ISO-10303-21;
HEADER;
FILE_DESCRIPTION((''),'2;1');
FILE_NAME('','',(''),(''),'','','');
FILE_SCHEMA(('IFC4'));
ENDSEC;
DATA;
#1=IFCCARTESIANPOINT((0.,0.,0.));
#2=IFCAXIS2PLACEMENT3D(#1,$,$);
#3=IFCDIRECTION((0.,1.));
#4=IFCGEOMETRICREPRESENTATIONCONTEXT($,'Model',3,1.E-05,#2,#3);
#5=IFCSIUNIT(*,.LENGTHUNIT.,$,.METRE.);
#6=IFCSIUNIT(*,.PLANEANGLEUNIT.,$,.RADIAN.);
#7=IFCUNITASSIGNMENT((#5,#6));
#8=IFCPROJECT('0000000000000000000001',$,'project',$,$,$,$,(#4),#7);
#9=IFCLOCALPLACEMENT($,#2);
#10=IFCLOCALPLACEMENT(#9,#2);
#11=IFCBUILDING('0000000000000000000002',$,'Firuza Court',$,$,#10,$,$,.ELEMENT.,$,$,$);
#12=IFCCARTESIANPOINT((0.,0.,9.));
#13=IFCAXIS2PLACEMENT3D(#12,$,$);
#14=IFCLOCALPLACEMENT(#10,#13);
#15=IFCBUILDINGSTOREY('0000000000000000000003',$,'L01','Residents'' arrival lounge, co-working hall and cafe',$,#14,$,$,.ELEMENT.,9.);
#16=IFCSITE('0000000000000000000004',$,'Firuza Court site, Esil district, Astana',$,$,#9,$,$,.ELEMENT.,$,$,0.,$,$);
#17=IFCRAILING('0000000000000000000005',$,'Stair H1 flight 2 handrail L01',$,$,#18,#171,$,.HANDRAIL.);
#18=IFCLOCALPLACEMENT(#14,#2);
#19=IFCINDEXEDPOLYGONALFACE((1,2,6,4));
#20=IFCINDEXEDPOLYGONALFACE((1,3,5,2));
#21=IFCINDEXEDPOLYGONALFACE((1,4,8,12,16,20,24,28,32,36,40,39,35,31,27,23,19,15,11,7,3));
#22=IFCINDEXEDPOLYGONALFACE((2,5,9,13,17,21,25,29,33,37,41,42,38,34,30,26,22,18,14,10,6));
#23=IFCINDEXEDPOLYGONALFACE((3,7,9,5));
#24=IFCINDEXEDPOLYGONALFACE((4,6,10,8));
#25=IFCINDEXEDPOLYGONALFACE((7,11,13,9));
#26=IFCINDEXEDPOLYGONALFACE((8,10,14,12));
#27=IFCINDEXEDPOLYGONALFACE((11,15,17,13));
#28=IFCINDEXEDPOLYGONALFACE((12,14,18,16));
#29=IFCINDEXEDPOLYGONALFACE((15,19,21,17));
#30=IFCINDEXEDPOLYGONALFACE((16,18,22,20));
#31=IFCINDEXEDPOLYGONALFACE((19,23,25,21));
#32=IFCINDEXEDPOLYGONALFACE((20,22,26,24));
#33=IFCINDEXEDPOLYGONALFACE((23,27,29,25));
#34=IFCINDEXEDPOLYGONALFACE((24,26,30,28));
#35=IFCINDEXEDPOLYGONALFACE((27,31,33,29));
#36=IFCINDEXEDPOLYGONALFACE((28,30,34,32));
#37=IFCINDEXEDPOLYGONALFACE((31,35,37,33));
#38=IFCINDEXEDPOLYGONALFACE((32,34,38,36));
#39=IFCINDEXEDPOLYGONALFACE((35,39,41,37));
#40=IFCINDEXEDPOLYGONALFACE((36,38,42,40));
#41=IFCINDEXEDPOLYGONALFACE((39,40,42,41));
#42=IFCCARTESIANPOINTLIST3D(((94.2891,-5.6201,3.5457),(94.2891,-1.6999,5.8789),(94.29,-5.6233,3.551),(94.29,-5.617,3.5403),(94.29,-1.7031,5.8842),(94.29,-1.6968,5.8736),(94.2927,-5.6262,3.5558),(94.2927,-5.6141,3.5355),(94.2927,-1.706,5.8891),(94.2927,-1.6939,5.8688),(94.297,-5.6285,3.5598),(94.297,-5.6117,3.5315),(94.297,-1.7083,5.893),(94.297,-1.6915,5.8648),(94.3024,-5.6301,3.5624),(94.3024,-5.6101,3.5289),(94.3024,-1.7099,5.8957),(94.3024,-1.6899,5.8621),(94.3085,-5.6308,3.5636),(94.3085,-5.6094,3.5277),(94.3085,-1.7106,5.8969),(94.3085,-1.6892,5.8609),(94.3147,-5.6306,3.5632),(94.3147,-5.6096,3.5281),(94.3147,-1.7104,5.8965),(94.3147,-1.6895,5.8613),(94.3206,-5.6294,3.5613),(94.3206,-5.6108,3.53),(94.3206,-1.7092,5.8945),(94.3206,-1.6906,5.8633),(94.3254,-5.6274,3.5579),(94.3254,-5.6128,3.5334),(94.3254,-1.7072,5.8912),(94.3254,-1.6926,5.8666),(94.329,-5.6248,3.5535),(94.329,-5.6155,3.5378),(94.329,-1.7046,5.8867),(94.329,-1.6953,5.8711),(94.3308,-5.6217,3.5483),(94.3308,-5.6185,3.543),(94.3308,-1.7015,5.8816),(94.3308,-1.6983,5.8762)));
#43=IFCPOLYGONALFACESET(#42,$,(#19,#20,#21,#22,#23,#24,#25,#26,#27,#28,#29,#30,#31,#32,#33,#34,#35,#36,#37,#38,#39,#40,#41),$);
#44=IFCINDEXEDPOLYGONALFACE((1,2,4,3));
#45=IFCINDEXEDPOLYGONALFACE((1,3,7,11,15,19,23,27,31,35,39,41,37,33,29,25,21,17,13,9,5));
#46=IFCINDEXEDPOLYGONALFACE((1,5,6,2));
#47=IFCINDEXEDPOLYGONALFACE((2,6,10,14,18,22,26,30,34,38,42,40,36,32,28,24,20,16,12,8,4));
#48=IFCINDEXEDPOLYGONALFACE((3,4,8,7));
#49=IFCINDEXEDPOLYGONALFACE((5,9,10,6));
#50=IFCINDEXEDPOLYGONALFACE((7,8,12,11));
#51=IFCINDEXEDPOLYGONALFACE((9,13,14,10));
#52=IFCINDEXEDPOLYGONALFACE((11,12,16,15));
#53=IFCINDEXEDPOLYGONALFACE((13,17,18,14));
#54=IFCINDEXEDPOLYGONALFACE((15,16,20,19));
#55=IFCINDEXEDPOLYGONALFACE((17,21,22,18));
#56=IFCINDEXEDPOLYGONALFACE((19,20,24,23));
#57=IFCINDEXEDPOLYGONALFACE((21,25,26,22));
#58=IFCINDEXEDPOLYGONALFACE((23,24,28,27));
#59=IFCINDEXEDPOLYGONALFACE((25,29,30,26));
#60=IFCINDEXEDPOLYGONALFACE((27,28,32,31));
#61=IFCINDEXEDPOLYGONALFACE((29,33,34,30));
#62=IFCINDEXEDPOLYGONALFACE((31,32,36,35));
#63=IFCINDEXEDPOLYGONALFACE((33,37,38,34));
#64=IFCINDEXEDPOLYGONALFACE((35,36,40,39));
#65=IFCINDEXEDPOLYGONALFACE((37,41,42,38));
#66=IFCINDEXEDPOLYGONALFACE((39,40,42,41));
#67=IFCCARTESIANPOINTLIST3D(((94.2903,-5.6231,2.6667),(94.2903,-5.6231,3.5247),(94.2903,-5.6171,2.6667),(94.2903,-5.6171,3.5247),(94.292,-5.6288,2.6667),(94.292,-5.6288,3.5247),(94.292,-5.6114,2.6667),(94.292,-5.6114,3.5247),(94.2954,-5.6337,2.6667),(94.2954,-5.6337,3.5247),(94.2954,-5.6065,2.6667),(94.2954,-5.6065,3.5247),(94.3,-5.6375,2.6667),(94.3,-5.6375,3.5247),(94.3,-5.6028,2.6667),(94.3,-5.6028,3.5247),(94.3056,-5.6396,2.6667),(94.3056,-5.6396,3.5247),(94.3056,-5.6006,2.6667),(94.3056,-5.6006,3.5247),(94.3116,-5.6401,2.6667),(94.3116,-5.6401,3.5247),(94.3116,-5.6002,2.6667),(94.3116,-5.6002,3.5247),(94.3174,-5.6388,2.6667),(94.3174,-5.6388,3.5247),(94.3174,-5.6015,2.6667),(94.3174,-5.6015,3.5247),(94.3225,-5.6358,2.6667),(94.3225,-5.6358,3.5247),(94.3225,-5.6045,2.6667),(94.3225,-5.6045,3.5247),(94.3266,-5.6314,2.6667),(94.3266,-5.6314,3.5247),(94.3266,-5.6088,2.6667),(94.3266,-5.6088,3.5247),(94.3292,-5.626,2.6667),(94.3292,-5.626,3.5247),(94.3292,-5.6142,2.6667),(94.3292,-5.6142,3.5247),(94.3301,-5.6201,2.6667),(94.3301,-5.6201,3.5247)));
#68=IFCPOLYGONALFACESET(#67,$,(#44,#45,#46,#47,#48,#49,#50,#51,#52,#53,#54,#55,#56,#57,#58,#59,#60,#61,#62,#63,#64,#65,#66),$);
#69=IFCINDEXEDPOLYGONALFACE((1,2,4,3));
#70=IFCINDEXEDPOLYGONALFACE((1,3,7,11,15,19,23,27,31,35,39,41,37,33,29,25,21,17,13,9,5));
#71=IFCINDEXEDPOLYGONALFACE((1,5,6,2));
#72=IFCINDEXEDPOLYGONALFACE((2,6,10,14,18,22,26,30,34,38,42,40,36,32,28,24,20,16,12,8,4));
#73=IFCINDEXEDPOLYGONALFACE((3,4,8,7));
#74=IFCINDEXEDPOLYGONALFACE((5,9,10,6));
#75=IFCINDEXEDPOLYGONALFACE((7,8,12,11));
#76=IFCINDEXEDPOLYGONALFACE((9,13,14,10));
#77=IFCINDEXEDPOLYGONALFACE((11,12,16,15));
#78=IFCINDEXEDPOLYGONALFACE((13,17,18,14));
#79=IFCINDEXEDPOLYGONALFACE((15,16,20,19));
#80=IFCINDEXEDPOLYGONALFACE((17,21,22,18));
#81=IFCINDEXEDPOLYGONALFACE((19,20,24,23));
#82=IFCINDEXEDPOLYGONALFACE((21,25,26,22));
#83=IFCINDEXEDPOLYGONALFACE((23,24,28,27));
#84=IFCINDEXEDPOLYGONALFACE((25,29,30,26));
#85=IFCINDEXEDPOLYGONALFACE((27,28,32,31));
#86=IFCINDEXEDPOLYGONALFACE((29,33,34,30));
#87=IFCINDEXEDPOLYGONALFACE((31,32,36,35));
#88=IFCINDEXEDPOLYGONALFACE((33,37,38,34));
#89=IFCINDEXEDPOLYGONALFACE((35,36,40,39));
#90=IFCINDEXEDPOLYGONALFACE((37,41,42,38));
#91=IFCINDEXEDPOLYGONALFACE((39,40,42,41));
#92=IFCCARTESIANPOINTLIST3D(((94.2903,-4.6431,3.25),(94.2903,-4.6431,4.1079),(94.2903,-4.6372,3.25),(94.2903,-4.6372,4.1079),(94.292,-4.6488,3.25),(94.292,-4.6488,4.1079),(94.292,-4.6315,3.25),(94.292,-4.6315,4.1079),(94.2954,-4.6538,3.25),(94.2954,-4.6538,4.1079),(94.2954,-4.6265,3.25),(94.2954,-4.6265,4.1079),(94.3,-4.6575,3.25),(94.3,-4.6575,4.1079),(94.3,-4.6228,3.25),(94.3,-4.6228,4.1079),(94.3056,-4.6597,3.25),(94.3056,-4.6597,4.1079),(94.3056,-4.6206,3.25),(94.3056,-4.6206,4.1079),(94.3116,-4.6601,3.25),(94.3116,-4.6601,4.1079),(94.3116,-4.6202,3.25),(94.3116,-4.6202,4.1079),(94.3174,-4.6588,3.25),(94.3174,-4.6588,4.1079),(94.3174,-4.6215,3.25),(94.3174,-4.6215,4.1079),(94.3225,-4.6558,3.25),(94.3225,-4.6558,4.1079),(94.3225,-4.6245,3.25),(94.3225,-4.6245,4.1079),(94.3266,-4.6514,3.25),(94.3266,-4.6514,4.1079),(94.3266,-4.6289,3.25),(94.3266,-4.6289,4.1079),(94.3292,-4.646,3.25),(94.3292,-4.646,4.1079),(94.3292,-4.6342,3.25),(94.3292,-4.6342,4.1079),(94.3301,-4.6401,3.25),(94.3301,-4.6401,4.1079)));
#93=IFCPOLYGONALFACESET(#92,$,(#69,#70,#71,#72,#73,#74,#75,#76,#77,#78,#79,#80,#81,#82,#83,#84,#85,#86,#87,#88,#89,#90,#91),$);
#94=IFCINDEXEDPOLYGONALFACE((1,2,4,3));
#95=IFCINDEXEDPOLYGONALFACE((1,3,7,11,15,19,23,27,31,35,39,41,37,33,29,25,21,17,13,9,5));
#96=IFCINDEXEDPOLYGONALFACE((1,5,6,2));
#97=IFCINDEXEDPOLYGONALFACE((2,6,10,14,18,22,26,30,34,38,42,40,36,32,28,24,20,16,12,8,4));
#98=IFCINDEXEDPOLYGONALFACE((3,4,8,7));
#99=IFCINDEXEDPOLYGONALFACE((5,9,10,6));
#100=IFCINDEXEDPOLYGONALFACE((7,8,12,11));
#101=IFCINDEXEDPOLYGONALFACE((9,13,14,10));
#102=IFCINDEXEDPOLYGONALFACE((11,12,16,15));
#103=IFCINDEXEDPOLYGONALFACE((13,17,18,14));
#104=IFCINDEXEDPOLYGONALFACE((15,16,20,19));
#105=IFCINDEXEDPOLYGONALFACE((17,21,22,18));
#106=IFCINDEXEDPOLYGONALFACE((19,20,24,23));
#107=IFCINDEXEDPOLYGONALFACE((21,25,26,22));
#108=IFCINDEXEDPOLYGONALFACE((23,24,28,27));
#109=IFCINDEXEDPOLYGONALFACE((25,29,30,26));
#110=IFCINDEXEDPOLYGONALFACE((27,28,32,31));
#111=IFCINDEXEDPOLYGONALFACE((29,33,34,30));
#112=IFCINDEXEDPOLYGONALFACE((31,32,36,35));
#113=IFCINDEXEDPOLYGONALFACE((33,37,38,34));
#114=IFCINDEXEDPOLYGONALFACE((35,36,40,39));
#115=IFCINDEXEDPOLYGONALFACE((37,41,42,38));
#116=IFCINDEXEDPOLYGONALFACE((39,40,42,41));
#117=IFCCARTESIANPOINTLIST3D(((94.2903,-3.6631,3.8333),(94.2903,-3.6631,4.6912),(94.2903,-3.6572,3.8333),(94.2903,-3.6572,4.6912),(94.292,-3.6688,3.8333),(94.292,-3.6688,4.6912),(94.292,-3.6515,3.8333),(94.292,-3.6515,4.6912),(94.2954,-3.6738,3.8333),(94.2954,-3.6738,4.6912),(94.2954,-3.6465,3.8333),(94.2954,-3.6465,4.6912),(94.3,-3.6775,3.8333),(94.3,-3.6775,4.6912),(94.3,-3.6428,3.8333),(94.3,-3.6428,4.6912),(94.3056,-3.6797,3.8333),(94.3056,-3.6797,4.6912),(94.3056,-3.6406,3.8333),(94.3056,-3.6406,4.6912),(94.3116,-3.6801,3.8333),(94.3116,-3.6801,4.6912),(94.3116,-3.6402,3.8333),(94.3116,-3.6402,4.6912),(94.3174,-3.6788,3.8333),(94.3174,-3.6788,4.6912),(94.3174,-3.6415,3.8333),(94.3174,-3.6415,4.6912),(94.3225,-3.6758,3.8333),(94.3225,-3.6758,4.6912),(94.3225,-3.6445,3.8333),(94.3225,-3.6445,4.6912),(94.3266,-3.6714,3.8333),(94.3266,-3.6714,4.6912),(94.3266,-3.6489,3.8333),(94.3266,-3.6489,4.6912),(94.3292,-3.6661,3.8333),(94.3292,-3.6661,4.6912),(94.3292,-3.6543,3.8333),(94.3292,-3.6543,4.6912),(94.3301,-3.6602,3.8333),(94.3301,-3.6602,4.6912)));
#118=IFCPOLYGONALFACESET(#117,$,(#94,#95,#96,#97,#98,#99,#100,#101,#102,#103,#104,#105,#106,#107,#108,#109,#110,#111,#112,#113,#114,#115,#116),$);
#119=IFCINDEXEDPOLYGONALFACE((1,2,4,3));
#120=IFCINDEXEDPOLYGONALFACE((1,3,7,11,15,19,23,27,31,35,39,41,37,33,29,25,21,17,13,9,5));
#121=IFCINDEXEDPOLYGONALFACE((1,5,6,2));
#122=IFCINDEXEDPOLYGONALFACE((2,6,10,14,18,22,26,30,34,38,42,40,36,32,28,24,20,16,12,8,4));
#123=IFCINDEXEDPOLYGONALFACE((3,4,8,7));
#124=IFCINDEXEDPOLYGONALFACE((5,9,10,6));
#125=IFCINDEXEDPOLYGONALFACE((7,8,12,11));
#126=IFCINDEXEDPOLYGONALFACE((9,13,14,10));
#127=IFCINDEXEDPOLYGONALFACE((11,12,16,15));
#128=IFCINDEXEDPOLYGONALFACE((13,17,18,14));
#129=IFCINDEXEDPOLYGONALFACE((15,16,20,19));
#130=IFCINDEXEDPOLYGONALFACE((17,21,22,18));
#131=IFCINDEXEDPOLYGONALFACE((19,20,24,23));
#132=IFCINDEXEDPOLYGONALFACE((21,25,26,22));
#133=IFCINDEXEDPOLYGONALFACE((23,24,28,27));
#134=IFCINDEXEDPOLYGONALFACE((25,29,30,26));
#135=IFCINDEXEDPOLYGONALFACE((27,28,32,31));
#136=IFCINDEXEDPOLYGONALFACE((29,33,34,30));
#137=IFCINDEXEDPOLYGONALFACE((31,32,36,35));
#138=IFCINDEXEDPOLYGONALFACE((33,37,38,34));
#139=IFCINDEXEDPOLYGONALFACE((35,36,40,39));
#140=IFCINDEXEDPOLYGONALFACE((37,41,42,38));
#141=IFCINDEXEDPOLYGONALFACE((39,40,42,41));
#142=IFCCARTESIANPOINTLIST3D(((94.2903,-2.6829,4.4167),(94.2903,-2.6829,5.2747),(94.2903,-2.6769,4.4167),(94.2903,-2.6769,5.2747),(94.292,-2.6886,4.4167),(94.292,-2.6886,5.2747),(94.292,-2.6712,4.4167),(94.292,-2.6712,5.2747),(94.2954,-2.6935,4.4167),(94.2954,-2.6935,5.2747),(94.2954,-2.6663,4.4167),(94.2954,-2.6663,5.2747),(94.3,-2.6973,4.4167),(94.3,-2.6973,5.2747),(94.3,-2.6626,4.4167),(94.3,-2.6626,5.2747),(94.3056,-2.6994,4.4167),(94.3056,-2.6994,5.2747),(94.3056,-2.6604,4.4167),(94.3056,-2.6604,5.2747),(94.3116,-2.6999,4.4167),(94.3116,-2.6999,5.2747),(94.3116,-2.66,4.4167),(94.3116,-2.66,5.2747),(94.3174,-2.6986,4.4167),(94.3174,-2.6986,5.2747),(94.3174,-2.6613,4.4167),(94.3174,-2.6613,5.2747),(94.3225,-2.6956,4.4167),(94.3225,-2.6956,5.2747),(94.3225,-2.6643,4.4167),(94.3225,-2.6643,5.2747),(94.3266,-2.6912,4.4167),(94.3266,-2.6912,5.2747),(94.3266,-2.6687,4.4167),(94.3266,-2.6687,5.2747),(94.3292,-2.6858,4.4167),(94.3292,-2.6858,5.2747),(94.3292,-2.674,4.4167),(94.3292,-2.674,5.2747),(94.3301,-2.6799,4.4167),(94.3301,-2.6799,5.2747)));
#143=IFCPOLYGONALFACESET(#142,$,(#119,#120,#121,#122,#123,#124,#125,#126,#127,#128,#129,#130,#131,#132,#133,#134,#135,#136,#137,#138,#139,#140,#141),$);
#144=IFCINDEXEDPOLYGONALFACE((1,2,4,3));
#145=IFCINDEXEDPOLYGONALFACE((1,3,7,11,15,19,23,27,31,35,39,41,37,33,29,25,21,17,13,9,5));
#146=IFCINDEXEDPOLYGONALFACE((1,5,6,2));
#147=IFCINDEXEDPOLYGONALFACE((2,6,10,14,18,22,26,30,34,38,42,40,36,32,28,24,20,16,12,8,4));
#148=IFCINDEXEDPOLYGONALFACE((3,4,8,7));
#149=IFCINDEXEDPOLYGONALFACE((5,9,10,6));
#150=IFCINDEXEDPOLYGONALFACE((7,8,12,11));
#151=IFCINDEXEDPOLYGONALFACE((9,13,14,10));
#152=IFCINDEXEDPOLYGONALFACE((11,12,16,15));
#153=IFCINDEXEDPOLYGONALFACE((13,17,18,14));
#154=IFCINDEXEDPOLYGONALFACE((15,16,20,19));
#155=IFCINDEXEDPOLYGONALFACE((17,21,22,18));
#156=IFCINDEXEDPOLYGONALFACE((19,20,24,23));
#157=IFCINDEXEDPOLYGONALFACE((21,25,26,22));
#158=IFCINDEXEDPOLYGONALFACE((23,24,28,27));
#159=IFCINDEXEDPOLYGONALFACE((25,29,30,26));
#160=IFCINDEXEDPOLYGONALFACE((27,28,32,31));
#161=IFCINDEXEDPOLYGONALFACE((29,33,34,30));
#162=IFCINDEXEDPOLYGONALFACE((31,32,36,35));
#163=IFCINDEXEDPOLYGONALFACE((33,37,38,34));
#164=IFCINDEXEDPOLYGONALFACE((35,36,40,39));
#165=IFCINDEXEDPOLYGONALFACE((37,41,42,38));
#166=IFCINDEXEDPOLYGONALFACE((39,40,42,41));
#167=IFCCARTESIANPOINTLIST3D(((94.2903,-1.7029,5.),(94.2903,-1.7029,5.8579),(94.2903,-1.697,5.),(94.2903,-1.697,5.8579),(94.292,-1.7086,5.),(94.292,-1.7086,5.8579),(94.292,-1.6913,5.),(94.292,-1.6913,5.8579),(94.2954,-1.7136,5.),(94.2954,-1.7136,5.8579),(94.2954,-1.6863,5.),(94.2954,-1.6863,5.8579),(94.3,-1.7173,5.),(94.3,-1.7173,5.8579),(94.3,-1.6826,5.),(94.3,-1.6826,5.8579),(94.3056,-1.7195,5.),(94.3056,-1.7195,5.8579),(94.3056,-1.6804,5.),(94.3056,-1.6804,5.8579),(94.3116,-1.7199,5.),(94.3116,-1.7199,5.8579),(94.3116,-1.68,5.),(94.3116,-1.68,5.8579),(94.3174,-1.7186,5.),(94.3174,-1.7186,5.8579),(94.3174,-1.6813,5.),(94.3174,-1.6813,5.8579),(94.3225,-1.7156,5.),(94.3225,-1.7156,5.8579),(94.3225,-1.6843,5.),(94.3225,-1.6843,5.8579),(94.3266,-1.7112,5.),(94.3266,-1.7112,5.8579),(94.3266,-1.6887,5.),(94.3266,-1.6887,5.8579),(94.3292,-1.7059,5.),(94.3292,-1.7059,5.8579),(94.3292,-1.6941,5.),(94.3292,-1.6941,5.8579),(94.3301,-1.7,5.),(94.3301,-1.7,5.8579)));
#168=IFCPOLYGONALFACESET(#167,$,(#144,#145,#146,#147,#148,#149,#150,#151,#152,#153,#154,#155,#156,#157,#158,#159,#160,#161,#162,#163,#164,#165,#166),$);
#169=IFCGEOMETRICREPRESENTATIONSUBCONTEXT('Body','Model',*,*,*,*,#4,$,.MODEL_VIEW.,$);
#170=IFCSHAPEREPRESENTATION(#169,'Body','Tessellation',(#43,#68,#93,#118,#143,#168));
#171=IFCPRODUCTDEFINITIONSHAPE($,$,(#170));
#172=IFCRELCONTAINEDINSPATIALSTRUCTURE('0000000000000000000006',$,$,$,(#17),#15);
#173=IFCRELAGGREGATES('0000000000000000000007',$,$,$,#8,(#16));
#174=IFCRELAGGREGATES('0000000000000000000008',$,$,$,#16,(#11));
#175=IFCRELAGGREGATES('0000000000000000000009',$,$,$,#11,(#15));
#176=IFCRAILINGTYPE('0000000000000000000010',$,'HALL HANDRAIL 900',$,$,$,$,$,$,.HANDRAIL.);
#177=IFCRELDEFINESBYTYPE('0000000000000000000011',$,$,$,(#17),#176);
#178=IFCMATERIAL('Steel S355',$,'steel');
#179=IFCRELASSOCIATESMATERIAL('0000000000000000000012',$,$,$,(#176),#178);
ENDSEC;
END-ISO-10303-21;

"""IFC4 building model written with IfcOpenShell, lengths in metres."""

from ifc_helpers import new_model, si_unit, direction, frame, origin, origin_2d, place, context, subcontext, project, spatial, circle, extrude, material, type_object, element, save


model = new_model("IFC4")

# Units and contexts
model_context = context("Model", 3, precision=1e-05, world=origin(), true_north=direction((0.0, 1.0)))
body_context = subcontext(model_context, "Body", "Model", "MODEL_VIEW")
ifc_project = project(units=[si_unit("LENGTHUNIT", "METRE"), si_unit("PLANEANGLEUNIT", "RADIAN")], contexts=[model_context])

# Site, building, storey
site_placement = place(None, origin())
site = spatial("IfcSite", under=ifc_project, at=site_placement, Name="Firuza Court site, Esil district, Astana", CompositionType="ELEMENT", RefElevation=0.0)
building_placement = place(site_placement, origin())
building = spatial("IfcBuilding", under=site, at=building_placement, Name="Firuza Court", CompositionType="ELEMENT")
storey_placement = place(building_placement, frame((0.0, 0.0, 9.0)))
storey = spatial("IfcBuildingStorey", under=building, at=storey_placement, Name="L01", Description="Residents' arrival lounge, co-working hall and cafe", CompositionType="ELEMENT", Elevation=9.0)

# Railing
ifc_material_1 = material(Name="Steel S355", Category="steel")
railing_type_1 = type_object("IfcRailingType", Name="HALL HANDRAIL 900", PredefinedType="HANDRAIL", material=ifc_material_1)
railing_1_placement = place(storey_placement, frame((94.3101, -5.6201, 2.6667)))
element("IfcRailing", 1, at=railing_1_placement, inside=storey, type_object=railing_type_1, Name="Stair H1 flight 2 handrail L01", PredefinedType="HANDRAIL", context=body_context, shape_type="SweptSolid", body=[
    extrude(circle(Radius=0.021, at=origin_2d()), frame((0.0, 0.0, 0.8789), z_axis=(0.0, 0.85931, 0.511455), x_axis=(-1.0, 0.0, 0.0)), (0.0, 0.0, 1.0), 4.562),
    extrude(circle(Radius=0.02, at=origin_2d()), origin(), (0.0, 0.0, 1.0), 0.8579),
    extrude(circle(Radius=0.02, at=origin_2d()), frame((0.0, 0.98, 0.5833)), (0.0, 0.0, 1.0), 0.8579),
    extrude(circle(Radius=0.02, at=origin_2d()), frame((0.0, 1.96, 1.1665)), (0.0, 0.0, 1.0), 0.8579),
    extrude(circle(Radius=0.02, at=origin_2d()), frame((0.0, 2.9402, 1.75)), (0.0, 0.0, 1.0), 0.8579),
    extrude(circle(Radius=0.02, at=origin_2d()), frame((0.0, 3.9202, 2.3333)), (0.0, 0.0, 1.0), 0.8579),
])

save(model, "model.ifc")
